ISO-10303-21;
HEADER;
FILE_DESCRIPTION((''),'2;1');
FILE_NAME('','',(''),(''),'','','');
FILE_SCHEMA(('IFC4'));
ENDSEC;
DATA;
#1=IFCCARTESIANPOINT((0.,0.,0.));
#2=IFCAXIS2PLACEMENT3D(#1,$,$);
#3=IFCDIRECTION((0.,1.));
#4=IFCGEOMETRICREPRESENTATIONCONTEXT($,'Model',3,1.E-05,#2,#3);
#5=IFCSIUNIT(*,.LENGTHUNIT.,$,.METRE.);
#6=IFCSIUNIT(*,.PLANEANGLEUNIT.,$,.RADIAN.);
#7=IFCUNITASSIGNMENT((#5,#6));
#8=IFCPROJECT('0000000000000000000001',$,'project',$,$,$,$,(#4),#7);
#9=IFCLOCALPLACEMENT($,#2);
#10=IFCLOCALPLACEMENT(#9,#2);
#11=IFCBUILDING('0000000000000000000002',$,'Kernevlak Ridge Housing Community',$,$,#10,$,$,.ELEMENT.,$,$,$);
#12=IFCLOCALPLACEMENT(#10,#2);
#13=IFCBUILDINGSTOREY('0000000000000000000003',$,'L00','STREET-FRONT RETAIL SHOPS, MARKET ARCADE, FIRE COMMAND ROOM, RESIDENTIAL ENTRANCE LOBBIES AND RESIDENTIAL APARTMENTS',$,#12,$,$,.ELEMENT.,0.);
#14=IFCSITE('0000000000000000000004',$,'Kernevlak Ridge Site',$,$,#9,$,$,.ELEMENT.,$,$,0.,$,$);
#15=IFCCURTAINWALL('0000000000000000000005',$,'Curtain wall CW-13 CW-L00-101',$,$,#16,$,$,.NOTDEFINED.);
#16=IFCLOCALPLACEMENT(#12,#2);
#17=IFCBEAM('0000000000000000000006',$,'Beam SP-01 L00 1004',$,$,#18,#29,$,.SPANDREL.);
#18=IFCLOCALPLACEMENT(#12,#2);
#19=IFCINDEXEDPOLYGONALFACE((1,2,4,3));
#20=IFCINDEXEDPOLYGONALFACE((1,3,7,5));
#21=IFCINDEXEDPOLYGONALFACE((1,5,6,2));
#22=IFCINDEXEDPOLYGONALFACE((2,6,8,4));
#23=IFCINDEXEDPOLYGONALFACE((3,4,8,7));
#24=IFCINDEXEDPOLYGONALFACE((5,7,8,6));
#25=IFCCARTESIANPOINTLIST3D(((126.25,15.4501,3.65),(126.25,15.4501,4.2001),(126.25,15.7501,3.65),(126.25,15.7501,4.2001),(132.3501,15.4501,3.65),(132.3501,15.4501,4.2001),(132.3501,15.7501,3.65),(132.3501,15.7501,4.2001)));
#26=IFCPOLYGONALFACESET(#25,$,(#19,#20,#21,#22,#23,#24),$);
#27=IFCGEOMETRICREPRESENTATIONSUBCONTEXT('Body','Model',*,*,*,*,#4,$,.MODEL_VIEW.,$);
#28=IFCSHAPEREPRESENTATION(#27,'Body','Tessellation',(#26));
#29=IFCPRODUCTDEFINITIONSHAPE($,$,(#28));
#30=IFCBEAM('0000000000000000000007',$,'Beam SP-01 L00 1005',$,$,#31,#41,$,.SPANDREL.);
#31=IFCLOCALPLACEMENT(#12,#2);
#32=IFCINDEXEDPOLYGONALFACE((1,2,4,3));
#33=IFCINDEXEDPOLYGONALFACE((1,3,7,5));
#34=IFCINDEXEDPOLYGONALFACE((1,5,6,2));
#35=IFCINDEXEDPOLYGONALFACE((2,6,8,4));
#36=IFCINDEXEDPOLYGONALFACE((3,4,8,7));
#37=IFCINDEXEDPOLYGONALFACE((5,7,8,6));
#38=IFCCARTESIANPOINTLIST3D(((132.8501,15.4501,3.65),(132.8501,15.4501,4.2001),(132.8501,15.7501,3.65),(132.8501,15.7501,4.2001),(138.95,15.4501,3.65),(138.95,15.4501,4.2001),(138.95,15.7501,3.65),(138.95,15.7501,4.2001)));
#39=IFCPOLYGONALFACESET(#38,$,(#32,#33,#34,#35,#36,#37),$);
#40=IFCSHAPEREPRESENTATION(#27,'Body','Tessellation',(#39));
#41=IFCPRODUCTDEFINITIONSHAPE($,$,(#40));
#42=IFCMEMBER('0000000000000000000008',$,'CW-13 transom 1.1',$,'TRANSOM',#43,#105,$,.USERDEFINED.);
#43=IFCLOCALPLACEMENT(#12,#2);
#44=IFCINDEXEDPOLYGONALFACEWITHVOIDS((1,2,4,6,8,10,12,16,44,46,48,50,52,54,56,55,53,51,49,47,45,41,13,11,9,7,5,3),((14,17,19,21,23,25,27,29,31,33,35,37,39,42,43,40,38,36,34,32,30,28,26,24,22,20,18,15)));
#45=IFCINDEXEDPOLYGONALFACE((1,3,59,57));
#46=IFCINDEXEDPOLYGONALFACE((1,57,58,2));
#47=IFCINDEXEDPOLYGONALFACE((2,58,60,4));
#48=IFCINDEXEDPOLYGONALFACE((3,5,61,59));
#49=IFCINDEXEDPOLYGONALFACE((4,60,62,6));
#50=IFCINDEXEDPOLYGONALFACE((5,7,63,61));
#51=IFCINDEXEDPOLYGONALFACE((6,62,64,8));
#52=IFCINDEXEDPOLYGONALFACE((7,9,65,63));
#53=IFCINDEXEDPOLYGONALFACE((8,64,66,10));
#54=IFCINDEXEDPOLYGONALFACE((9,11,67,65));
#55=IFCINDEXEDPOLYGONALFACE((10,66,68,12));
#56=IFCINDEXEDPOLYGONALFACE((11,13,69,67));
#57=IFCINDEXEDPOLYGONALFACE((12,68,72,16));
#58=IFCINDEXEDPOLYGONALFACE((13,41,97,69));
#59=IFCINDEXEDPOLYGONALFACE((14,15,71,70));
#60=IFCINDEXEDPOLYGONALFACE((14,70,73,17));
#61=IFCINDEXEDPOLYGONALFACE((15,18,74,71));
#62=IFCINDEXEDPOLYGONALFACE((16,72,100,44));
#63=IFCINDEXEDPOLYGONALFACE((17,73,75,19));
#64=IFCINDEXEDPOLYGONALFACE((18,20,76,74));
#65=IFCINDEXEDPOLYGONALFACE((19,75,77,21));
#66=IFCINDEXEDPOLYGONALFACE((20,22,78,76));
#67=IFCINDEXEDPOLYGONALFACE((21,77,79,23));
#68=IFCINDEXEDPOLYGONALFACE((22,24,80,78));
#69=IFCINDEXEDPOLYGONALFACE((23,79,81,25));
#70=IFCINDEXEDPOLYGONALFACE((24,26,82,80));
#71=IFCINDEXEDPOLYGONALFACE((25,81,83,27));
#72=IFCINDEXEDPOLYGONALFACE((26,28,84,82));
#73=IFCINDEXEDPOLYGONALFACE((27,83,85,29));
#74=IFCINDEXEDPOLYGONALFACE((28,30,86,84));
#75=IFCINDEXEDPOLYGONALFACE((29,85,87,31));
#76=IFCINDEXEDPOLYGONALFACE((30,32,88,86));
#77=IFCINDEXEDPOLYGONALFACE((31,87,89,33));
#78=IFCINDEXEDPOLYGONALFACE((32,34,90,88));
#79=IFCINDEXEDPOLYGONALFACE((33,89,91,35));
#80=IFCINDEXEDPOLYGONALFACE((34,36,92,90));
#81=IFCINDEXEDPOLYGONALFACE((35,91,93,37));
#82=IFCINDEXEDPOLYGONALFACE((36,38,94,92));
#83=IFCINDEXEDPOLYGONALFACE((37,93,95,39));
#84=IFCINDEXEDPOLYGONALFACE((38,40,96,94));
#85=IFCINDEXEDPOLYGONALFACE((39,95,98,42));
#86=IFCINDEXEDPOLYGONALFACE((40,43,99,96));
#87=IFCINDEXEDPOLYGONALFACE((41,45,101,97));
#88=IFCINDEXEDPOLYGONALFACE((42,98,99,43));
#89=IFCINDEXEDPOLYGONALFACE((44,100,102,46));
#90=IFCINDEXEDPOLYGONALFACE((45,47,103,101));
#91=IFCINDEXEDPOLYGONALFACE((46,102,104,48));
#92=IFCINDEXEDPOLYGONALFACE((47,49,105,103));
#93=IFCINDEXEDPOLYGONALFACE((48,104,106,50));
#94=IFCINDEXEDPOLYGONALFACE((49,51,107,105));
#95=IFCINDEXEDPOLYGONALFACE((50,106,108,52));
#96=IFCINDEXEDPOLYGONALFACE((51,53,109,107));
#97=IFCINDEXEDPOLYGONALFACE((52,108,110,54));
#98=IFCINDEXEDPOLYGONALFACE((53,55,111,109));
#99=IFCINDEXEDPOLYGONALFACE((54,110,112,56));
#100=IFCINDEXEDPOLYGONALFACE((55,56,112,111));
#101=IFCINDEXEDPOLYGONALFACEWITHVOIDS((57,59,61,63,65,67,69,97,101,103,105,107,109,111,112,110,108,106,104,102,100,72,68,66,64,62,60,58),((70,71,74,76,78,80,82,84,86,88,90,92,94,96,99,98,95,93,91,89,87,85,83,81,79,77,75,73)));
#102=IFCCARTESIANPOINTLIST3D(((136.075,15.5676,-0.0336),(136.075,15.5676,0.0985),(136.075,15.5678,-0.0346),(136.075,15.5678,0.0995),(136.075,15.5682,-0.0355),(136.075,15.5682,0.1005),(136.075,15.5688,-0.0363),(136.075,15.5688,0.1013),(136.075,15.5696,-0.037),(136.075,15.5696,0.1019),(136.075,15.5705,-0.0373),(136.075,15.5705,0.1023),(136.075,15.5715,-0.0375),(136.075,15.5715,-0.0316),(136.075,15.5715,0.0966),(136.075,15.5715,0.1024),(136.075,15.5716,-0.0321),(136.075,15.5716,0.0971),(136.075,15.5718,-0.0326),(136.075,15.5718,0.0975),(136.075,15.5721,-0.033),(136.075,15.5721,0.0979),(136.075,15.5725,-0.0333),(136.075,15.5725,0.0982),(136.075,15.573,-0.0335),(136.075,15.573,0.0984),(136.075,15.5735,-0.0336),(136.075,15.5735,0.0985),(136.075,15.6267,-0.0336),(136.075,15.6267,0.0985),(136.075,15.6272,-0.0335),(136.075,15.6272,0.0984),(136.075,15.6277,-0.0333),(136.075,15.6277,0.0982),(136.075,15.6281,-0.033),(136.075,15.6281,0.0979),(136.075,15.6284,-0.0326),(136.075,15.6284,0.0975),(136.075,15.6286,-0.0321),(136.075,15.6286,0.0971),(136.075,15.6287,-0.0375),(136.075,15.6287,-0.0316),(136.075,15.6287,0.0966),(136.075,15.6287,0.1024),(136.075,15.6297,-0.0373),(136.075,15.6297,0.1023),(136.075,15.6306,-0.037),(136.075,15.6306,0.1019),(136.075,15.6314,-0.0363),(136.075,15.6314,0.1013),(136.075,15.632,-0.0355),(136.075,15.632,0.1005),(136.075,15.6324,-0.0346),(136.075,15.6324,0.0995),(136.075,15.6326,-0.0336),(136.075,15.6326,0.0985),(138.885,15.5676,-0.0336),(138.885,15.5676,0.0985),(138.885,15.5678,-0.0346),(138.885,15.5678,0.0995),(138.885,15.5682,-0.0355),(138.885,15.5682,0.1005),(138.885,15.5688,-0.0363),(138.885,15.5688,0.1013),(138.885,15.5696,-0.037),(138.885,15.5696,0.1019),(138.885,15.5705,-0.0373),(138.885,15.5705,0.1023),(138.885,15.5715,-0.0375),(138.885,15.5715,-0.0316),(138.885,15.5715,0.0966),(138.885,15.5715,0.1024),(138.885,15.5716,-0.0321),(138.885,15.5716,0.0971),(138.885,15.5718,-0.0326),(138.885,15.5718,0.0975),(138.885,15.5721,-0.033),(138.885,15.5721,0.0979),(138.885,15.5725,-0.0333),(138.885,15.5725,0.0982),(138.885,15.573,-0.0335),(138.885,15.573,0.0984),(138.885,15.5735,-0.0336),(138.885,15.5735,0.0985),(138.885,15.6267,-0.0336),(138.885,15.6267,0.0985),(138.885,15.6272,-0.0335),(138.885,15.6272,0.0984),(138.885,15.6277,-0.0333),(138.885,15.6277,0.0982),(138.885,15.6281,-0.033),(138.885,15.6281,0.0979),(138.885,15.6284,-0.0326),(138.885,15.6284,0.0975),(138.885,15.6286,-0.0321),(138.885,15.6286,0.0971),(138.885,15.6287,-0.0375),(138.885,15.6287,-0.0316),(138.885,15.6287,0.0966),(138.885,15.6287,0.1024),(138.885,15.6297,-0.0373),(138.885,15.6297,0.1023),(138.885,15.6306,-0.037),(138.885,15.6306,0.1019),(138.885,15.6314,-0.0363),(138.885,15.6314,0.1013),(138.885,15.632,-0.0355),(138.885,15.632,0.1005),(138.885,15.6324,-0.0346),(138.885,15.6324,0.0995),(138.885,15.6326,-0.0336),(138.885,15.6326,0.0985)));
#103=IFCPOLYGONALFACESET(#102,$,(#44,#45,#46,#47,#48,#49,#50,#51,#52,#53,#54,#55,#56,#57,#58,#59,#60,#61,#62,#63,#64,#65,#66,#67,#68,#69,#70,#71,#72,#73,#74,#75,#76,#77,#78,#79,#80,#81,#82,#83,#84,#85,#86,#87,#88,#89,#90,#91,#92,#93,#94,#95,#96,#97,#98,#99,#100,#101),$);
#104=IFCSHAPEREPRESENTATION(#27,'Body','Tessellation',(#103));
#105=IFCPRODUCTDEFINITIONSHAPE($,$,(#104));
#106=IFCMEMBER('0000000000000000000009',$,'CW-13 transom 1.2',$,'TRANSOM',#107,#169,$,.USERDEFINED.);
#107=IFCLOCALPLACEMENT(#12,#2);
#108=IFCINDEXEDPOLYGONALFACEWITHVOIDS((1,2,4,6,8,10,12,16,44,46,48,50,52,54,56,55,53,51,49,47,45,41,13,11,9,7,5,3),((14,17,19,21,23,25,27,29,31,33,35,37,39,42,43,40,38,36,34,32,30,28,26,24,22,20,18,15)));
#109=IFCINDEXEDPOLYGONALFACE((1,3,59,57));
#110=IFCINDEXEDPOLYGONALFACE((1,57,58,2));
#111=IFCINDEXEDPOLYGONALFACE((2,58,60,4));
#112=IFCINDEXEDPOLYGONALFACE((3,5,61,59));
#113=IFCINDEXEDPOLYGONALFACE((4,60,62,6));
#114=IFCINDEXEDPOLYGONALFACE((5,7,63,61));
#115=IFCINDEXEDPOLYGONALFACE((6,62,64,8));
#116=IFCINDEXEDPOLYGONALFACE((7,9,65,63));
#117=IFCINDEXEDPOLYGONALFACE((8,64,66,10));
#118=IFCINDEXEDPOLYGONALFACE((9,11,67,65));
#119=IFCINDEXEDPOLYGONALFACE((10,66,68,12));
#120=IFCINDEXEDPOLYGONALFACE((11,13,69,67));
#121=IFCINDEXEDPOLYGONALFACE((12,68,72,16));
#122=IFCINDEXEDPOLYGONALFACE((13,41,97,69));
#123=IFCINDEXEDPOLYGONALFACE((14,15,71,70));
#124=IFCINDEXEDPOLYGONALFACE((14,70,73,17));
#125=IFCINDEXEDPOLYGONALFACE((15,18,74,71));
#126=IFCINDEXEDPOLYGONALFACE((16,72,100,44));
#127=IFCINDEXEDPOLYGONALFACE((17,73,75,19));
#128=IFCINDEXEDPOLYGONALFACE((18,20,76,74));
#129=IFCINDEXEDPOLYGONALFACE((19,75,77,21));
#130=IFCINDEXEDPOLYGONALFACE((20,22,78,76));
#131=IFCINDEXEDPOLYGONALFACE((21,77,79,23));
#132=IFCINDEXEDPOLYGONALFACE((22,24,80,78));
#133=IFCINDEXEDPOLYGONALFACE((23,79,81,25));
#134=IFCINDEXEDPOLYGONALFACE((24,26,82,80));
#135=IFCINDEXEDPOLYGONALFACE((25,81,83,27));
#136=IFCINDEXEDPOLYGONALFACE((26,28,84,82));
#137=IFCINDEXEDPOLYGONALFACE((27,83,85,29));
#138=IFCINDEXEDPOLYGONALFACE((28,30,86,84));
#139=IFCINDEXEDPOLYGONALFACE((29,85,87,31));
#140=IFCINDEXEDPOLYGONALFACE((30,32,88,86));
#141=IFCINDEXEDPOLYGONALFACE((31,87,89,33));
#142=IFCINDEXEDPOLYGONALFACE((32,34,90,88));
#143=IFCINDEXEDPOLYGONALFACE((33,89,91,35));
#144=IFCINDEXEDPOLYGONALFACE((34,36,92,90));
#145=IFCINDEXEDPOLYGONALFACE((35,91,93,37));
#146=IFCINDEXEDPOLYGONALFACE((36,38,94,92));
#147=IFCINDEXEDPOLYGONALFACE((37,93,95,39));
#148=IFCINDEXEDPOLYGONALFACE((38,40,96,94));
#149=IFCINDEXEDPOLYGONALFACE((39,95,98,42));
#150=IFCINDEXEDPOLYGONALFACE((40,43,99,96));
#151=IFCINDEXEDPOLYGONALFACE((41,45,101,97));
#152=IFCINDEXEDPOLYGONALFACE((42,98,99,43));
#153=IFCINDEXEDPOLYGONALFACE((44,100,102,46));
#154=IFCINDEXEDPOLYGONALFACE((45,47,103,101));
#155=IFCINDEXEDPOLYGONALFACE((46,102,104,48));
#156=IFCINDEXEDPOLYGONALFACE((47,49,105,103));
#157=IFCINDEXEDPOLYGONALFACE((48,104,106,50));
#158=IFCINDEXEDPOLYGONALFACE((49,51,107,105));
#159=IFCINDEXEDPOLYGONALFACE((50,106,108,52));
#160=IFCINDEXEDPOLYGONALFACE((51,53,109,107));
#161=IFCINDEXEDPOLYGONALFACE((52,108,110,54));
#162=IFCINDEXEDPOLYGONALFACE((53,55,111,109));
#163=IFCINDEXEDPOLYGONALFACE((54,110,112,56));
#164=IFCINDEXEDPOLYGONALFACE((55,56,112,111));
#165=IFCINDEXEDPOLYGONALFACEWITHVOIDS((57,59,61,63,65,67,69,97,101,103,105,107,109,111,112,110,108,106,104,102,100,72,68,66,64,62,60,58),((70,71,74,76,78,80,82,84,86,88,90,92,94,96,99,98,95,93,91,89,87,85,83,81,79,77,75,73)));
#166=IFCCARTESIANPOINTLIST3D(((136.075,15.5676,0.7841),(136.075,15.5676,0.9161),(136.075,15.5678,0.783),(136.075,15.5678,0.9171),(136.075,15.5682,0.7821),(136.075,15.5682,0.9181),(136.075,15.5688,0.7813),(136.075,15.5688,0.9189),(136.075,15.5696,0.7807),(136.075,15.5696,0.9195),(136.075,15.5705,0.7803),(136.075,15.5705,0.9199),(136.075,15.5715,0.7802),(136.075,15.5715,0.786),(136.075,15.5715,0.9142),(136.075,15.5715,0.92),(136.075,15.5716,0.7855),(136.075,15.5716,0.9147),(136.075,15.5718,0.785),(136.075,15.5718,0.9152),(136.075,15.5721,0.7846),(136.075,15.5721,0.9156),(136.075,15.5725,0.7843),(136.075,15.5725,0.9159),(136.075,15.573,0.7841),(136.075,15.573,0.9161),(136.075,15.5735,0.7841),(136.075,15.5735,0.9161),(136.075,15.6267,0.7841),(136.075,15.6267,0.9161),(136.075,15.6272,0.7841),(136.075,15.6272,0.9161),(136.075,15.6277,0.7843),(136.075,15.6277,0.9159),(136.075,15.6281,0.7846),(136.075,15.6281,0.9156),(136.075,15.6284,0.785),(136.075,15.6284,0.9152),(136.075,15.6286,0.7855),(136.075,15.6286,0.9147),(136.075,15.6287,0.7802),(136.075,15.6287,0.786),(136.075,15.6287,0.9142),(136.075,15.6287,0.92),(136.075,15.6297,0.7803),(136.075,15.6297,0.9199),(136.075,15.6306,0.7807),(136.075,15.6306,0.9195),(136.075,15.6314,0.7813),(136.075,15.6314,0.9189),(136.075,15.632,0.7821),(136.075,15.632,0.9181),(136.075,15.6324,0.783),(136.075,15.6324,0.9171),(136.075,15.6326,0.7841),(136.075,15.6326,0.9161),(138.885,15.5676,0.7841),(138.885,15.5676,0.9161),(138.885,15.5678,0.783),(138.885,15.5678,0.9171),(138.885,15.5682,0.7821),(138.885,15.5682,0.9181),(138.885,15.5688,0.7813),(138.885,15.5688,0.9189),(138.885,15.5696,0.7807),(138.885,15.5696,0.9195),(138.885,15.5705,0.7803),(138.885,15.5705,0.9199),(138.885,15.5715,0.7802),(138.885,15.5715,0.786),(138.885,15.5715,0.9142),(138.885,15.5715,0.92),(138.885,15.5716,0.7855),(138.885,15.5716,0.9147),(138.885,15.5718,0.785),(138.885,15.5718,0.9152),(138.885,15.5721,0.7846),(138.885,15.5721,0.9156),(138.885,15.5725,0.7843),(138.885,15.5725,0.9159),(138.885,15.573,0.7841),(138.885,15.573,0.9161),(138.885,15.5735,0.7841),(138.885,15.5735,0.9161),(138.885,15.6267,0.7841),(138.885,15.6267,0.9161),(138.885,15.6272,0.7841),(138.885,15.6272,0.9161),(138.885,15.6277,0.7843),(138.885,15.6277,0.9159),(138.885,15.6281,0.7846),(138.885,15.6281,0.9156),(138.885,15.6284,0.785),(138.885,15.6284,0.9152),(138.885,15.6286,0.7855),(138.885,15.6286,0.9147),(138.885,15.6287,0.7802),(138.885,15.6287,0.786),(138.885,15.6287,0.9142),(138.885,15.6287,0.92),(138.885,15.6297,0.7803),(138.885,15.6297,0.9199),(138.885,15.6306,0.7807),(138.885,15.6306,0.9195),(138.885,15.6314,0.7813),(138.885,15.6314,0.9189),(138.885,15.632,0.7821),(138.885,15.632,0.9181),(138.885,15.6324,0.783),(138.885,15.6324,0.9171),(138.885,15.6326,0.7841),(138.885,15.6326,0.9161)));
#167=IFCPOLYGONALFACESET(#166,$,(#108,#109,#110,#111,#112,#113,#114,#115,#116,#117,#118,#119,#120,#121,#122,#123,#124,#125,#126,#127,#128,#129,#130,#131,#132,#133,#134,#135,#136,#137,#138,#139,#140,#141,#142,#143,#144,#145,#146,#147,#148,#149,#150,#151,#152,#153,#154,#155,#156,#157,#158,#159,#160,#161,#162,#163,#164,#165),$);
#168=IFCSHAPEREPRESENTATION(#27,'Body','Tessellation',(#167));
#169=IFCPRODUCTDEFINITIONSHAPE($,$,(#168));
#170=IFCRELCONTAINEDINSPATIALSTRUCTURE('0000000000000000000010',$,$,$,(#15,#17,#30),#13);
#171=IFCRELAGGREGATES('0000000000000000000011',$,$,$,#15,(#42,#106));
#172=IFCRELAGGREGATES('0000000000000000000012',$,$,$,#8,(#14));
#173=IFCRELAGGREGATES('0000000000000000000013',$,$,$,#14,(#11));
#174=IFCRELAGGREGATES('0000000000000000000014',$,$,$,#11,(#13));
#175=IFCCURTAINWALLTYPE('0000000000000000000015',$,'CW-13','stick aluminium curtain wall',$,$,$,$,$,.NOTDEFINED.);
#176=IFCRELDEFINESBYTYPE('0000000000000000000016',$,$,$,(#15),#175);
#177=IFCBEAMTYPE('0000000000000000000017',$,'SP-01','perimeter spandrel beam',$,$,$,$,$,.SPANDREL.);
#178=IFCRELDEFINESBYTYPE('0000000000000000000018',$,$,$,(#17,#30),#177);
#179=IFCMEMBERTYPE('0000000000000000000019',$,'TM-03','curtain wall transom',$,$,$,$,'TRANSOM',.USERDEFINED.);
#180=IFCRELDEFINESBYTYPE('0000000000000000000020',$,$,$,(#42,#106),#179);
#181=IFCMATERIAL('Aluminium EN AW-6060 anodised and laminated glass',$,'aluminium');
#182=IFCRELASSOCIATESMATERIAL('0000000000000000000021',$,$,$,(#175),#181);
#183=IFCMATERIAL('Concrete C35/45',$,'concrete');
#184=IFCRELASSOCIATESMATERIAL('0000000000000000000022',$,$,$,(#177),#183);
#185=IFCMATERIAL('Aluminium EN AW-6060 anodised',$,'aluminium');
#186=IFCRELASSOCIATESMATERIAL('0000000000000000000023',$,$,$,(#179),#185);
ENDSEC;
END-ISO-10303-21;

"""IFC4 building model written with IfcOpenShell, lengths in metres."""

from ifc_helpers import new_model, si_unit, direction, frame, origin, origin_2d, place, context, subcontext, project, spatial, rectangle, hollow_rectangle, extrude, material, material_profile, profile_set, type_object, element, aggregate, save


model = new_model("IFC4")

# Units and contexts
model_context = context("Model", 3, precision=1e-05, world=origin(), true_north=direction((0.0, 1.0)))
body_context = subcontext(model_context, "Body", "Model", "MODEL_VIEW")
ifc_project = project(units=[si_unit("LENGTHUNIT", "METRE"), si_unit("PLANEANGLEUNIT", "RADIAN")], contexts=[model_context])

# Site, building, storey
site_placement = place(None, origin())
site = spatial("IfcSite", under=ifc_project, at=site_placement, Name="Kernevlak Ridge Site", CompositionType="ELEMENT", RefElevation=0.0)
building_placement = place(site_placement, origin())
building = spatial("IfcBuilding", under=site, at=building_placement, Name="Kernevlak Ridge Housing Community", CompositionType="ELEMENT")
storey_placement = place(building_placement, origin())
storey = spatial("IfcBuildingStorey", under=building, at=storey_placement, Name="L00", Description="STREET-FRONT RETAIL SHOPS, MARKET ARCADE, FIRE COMMAND ROOM, RESIDENTIAL ENTRANCE LOBBIES AND RESIDENTIAL APARTMENTS", CompositionType="ELEMENT", Elevation=0.0)

# Shared definitions
ifc_material_1 = material(Name="Concrete C35/45", Category="concrete")

# Curtain wall
ifc_material_2 = material(Name="Aluminium EN AW-6060 anodised and laminated glass", Category="aluminium")
curtain_wall_type = type_object("IfcCurtainWallType", Name="CW-13", Description="stick aluminium curtain wall", PredefinedType="NOTDEFINED", material=ifc_material_2)
curtain_wall_placement = place(storey_placement, origin())
curtain_wall = element("IfcCurtainWall", 1, at=curtain_wall_placement, inside=storey, type_object=curtain_wall_type, Name="Curtain wall CW-13 CW-L00-101", PredefinedType="NOTDEFINED")
ifc_material_3 = material(Name="Aluminium EN AW-6060 anodised", Category="aluminium")

# Beams
ifc_material_profile_1 = material_profile(ifc_material_1, rectangle(XDim=0.3, YDim=0.55, at=origin_2d()), Name="RC 300x550")
ifc_profile_set_1 = profile_set([ifc_material_profile_1], Name="Concrete C35/45")
beam_type_1 = type_object("IfcBeamType", Name="SP-01", Description="perimeter spandrel beam", PredefinedType="SPANDREL", material=ifc_profile_set_1)
beam_1_placement = place(storey_placement, frame((126.25, 15.6001, 3.925), z_axis=(1.0, 0.0, 0.0), x_axis=(0.0, 1.0, 0.0)))
element("IfcBeam", 2, at=beam_1_placement, inside=storey, type_object=beam_type_1, Name="Beam SP-01 L00 1004", PredefinedType="SPANDREL", context=body_context, shape_type="SweptSolid", body=[
    extrude(rectangle(XDim=0.3, YDim=0.55, at=origin_2d()), origin(), (0.0, 0.0, 1.0), 6.1001),
])
beam_2_placement = place(storey_placement, frame((132.8501, 15.6001, 3.925), z_axis=(1.0, 0.0, 0.0), x_axis=(0.0, 1.0, 0.0)))
element("IfcBeam", 3, at=beam_2_placement, inside=storey, type_object=beam_type_1, Name="Beam SP-01 L00 1005", PredefinedType="SPANDREL", context=body_context, shape_type="SweptSolid", body=[
    extrude(rectangle(XDim=0.3, YDim=0.55, at=origin_2d()), origin(), (0.0, 0.0, 1.0), 6.0999),
])

# Members
ifc_material_profile_2 = material_profile(ifc_material_3, hollow_rectangle(XDim=0.0649, YDim=0.1399, WallThickness=0.0039, InnerFilletRadius=0.002, OuterFilletRadius=0.0039, at=origin_2d()), Name="ALU 65x140x4")
ifc_profile_set_2 = profile_set([ifc_material_profile_2], Name="Aluminium EN AW-6060 anodised")
member_type_1 = type_object("IfcMemberType", Name="TM-03", Description="curtain wall transom", ElementType="TRANSOM", PredefinedType="USERDEFINED", material=ifc_profile_set_2)
member_1_placement = place(storey_placement, frame((136.075, 15.6001, 0.0325), z_axis=(1.0, 0.0, 0.0), x_axis=(0.0, 1.0, 0.0)))
member_1 = element("IfcMember", 4, at=member_1_placement, type_object=member_type_1, Name="CW-13 transom 1.1", ObjectType="TRANSOM", PredefinedType="USERDEFINED", context=body_context, shape_type="SweptSolid", body=[
    extrude(hollow_rectangle(XDim=0.0649, YDim=0.1399, WallThickness=0.0039, InnerFilletRadius=0.002, OuterFilletRadius=0.0039, at=origin_2d()), origin(), (0.0, 0.0, 1.0), 2.8101),
])
member_2_placement = place(storey_placement, frame((136.075, 15.6001, 0.8501), z_axis=(1.0, 0.0, 0.0), x_axis=(0.0, 1.0, 0.0)))
member_2 = element("IfcMember", 5, at=member_2_placement, type_object=member_type_1, Name="CW-13 transom 1.2", ObjectType="TRANSOM", PredefinedType="USERDEFINED", context=body_context, shape_type="SweptSolid", body=[
    extrude(hollow_rectangle(XDim=0.0649, YDim=0.1399, WallThickness=0.0039, InnerFilletRadius=0.002, OuterFilletRadius=0.0039, at=origin_2d()), origin(), (0.0, 0.0, 1.0), 2.8101),
])

aggregate(curtain_wall, [member_1, member_2])

save(model, "model.ifc")
